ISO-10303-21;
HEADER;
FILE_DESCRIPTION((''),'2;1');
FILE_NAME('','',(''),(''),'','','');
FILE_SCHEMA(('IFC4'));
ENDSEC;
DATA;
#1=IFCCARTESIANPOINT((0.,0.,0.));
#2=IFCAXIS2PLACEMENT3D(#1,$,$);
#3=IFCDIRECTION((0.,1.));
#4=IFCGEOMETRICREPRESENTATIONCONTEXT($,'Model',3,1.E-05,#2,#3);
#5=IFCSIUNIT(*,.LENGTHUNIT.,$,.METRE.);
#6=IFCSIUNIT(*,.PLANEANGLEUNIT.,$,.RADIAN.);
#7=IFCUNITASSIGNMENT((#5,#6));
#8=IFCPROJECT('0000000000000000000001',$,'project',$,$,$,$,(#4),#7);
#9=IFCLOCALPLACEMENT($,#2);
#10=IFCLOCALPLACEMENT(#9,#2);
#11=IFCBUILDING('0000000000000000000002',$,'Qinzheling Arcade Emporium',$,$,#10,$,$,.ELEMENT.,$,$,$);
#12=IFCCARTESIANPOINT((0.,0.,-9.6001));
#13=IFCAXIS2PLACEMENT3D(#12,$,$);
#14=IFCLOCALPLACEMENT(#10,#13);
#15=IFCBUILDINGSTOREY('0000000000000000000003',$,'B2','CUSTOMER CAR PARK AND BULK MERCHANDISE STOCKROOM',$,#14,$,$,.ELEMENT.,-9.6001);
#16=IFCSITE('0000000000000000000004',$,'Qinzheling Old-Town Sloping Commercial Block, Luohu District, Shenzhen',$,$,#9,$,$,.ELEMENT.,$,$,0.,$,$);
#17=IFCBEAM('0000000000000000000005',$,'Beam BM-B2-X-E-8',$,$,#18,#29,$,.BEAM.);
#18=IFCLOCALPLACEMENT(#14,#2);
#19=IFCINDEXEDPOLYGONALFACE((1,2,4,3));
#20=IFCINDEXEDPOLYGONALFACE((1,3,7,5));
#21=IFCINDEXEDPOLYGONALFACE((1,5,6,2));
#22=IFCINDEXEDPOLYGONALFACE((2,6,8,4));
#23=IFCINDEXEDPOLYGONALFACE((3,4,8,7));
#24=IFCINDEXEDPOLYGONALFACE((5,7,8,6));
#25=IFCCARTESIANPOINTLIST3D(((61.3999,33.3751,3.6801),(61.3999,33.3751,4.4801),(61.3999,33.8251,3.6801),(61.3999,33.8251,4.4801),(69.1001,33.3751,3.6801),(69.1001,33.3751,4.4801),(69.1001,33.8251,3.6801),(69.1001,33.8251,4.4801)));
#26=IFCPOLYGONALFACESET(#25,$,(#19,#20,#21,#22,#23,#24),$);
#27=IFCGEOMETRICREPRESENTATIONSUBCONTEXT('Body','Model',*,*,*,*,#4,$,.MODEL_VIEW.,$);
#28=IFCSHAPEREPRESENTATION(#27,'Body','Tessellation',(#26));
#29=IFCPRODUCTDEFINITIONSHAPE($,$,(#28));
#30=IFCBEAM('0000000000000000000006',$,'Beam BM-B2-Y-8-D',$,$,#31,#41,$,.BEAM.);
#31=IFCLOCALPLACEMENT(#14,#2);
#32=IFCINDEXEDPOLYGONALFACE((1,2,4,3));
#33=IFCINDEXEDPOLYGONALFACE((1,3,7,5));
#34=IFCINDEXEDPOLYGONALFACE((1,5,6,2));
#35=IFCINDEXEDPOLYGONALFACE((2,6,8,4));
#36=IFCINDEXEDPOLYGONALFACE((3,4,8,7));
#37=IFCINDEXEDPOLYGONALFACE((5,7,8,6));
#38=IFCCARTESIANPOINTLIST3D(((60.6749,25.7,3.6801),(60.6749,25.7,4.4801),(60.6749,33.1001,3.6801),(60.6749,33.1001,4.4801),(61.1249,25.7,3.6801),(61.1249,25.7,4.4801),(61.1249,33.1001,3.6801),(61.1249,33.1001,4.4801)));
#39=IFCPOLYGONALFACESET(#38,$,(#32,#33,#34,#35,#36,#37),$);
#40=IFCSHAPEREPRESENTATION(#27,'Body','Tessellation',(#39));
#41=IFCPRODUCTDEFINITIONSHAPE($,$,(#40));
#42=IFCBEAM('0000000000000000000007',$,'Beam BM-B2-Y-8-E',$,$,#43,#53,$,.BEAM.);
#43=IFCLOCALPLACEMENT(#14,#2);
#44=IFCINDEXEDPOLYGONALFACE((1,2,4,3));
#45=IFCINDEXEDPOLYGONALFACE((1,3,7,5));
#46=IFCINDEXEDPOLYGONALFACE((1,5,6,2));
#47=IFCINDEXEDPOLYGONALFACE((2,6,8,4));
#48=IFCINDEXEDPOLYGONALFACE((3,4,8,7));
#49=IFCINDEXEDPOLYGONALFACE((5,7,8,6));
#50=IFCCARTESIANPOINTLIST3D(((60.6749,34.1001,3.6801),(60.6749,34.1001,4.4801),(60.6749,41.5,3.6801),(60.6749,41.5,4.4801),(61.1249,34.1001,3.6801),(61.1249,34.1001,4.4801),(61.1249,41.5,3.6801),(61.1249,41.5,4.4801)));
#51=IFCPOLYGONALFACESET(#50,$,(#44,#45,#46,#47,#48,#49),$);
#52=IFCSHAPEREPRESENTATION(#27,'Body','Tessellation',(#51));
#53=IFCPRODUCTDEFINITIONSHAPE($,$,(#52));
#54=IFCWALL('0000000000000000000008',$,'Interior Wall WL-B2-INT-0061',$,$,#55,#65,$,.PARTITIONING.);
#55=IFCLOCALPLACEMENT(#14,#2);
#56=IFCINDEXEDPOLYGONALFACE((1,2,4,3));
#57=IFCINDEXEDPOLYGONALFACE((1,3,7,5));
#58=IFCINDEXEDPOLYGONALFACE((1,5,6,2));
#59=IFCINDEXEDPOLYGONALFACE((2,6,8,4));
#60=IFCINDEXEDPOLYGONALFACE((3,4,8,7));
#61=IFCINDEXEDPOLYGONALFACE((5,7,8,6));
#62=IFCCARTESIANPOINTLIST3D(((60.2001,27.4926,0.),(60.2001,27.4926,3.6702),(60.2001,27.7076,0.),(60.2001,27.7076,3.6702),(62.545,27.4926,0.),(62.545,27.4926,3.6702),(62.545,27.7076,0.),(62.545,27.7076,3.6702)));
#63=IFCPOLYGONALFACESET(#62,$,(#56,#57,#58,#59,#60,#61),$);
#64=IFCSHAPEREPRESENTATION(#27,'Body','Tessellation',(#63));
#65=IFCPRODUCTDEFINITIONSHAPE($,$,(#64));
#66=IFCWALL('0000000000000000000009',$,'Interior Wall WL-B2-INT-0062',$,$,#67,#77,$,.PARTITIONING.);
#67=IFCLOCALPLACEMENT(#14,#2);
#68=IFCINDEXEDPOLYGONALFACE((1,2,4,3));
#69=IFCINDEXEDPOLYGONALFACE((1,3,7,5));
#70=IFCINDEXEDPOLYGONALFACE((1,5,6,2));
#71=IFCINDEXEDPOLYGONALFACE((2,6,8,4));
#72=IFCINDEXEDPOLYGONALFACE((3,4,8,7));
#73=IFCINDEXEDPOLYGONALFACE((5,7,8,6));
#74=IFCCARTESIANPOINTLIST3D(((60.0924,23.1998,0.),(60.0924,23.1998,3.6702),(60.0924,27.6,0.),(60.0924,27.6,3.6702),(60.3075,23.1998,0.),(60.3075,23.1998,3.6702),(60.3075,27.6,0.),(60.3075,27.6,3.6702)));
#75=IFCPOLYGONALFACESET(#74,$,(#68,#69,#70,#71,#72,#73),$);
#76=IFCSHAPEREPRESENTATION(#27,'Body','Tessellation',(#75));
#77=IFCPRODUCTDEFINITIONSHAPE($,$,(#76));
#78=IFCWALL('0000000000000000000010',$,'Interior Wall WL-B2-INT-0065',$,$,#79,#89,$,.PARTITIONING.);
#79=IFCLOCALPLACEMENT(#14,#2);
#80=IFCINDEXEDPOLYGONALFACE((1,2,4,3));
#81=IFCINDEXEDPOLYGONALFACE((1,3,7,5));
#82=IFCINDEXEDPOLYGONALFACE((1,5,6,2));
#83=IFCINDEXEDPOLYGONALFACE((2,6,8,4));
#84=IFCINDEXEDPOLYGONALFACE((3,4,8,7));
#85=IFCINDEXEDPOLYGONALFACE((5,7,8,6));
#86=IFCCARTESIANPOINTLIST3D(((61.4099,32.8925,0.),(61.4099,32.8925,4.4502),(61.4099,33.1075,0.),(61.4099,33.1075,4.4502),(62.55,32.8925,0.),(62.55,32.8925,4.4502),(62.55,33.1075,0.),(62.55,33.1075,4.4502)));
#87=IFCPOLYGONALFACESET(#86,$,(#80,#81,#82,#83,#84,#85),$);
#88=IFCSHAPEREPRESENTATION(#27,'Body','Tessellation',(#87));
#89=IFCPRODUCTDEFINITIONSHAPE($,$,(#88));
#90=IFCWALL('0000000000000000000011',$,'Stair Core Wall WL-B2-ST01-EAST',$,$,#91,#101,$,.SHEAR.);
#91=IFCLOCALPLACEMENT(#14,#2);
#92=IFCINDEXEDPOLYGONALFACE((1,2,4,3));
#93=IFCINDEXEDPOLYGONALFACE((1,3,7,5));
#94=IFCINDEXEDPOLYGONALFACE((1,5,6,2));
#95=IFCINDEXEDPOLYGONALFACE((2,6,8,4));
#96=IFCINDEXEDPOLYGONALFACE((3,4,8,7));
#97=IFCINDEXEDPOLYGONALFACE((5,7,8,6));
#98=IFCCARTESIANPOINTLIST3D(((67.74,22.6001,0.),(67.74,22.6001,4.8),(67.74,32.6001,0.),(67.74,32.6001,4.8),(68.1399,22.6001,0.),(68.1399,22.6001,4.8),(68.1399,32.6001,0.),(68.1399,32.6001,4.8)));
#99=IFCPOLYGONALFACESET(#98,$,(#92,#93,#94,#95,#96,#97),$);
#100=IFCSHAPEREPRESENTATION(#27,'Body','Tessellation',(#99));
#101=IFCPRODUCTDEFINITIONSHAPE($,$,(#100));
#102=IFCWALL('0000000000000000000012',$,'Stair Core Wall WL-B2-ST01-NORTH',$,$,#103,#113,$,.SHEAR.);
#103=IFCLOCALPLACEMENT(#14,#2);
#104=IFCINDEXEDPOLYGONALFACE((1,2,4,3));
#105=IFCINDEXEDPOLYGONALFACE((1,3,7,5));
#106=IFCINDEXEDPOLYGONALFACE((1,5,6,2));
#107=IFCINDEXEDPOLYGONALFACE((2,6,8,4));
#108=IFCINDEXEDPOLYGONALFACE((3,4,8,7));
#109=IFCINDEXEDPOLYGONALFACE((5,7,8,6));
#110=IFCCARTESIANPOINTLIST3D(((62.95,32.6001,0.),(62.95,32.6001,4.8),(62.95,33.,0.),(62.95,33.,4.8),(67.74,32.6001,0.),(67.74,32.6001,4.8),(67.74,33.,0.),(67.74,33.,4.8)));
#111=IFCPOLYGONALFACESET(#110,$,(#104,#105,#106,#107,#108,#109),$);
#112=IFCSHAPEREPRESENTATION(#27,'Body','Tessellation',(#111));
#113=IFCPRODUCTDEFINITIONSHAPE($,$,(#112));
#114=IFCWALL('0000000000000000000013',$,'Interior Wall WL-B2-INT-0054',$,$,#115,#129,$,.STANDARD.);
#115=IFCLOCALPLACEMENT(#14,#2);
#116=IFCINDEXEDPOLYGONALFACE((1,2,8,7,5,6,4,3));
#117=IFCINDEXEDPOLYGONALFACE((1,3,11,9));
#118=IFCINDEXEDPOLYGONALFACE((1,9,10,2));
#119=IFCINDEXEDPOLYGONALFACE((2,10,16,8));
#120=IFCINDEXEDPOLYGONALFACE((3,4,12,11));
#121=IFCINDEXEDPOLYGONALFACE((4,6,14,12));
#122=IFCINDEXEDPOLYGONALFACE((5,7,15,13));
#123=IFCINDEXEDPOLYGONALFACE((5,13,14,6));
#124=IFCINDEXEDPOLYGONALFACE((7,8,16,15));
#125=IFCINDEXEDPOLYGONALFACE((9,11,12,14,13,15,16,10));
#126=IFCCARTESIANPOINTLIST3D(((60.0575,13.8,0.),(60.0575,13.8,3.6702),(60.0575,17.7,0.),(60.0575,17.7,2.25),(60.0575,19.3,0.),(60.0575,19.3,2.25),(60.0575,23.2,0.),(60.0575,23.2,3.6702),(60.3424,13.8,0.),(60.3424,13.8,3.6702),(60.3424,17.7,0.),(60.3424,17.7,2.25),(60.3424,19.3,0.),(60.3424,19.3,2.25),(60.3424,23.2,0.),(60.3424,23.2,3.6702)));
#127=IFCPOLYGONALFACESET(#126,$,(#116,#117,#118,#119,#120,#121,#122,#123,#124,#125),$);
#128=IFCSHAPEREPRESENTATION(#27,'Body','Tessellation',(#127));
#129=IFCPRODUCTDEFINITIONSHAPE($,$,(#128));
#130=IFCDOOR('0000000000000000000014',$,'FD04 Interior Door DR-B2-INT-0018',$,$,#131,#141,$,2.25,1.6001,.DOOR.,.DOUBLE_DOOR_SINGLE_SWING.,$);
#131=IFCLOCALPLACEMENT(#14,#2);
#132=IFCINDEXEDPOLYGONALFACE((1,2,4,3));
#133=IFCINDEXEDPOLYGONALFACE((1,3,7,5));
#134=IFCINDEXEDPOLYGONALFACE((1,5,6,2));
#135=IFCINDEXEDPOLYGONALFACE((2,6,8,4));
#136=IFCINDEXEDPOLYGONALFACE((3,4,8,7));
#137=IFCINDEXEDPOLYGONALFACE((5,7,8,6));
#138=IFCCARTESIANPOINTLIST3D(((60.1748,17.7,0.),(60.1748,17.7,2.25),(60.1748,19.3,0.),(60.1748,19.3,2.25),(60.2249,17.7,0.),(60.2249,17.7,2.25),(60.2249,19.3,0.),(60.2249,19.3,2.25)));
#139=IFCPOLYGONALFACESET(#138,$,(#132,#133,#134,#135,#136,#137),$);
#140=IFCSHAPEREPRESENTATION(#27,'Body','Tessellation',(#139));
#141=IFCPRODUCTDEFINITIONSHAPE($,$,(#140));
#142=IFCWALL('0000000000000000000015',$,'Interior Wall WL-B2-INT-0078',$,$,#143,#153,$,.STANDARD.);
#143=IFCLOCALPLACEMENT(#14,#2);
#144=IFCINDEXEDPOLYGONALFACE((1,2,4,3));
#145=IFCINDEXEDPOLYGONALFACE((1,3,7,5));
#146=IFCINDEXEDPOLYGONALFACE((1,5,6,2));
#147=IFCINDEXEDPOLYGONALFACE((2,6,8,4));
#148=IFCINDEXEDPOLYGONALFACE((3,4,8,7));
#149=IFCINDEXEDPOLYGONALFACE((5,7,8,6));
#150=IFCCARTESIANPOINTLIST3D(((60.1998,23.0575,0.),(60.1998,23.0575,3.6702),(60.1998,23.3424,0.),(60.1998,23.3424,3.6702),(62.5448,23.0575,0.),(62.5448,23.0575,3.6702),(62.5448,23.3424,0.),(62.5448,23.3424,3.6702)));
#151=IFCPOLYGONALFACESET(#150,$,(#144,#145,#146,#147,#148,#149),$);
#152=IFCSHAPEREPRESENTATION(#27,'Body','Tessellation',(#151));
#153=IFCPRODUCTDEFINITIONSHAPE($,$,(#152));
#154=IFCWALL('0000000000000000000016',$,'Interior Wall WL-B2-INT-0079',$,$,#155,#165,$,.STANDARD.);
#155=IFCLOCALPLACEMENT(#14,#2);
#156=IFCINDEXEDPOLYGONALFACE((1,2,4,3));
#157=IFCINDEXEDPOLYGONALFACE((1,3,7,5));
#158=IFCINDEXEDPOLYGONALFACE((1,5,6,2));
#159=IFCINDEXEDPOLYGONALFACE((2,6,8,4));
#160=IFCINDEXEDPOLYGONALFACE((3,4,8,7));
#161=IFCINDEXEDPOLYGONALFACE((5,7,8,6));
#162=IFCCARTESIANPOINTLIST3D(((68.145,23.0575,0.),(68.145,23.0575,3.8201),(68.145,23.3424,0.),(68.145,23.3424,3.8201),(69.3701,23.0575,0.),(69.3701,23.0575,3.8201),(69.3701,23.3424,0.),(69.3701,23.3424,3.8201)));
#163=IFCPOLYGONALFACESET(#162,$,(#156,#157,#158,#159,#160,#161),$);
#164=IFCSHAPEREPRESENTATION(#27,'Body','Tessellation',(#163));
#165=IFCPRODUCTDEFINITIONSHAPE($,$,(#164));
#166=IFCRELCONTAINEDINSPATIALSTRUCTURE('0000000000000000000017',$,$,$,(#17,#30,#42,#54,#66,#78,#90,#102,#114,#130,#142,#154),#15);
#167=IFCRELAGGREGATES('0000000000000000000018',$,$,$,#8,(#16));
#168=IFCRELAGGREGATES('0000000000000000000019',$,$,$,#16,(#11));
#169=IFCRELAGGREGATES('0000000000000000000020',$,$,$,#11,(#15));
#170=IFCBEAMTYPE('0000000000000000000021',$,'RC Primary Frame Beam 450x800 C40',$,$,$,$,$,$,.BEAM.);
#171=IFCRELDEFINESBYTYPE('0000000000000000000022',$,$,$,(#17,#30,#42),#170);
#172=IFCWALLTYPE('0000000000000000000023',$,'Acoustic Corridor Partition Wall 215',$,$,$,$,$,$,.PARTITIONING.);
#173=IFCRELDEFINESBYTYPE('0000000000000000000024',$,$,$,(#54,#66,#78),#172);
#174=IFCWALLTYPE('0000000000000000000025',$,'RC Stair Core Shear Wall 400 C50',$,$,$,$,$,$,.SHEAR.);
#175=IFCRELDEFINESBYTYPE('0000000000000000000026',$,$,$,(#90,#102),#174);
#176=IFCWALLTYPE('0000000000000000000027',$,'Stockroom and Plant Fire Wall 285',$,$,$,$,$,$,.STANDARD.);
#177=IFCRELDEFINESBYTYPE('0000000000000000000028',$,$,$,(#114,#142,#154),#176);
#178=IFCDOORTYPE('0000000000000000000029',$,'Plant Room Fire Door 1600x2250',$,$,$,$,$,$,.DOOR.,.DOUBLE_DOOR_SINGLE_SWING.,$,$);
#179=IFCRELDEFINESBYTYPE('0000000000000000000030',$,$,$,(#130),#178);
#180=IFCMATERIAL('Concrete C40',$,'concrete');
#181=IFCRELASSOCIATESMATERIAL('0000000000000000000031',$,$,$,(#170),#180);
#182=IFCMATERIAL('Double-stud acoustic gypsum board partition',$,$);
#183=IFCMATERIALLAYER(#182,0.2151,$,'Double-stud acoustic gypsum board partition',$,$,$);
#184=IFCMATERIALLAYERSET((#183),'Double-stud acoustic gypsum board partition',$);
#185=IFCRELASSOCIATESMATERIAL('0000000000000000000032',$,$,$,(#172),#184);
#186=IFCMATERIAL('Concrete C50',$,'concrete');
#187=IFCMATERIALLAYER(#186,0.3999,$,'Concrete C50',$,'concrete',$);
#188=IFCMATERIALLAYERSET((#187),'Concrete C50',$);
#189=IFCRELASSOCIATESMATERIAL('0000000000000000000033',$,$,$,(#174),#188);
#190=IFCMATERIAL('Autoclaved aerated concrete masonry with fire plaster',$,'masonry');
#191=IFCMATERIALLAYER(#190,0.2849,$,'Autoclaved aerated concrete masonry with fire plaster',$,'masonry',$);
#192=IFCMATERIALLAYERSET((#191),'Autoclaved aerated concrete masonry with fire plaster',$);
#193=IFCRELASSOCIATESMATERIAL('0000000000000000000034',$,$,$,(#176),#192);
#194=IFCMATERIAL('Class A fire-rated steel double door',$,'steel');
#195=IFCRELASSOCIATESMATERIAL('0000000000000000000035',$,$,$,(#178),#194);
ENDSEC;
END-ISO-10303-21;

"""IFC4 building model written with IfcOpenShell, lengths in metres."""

from ifc_helpers import new_model, si_unit, direction, frame, frame_2d, origin, origin_2d, place, context, subcontext, project, spatial, rectangle, extrude, material, layer, layer_set, material_profile, profile_set, type_object, element, fill, save


model = new_model("IFC4")

# Units and contexts
model_context = context("Model", 3, precision=1e-05, world=origin(), true_north=direction((0.0, 1.0)))
body_context = subcontext(model_context, "Body", "Model", "MODEL_VIEW")
ifc_project = project(units=[si_unit("LENGTHUNIT", "METRE"), si_unit("PLANEANGLEUNIT", "RADIAN")], contexts=[model_context])

# Site, building, storey
site_placement = place(None, origin())
site = spatial("IfcSite", under=ifc_project, at=site_placement, Name="Qinzheling Old-Town Sloping Commercial Block, Luohu District, Shenzhen", CompositionType="ELEMENT", RefElevation=0.0)
building_placement = place(site_placement, origin())
building = spatial("IfcBuilding", under=site, at=building_placement, Name="Qinzheling Arcade Emporium", CompositionType="ELEMENT")
storey_placement = place(building_placement, frame((0.0, 0.0, -9.6001)))
storey = spatial("IfcBuildingStorey", under=building, at=storey_placement, Name="B2", Description="CUSTOMER CAR PARK AND BULK MERCHANDISE STOCKROOM", CompositionType="ELEMENT", Elevation=-9.6001)

# Shared definitions
ifc_material_1 = material(Name="Concrete C40", Category="concrete")

# Shared definitions
ifc_material_2 = material(Name="Concrete C50", Category="concrete")

# Beams
ifc_material_profile_1 = material_profile(ifc_material_1, rectangle(XDim=0.45, YDim=0.8, at=origin_2d()), Name="RC 450x800", Category="concrete")
ifc_profile_set_1 = profile_set([ifc_material_profile_1], Name="Concrete C40")
beam_type = type_object("IfcBeamType", Name="RC Primary Frame Beam 450x800 C40", PredefinedType="BEAM", material=ifc_profile_set_1)
beam_1_placement = place(storey_placement, frame((61.3999, 33.6001, 4.0801), z_axis=(1.0, 0.0, 0.0), x_axis=(0.0, 1.0, 0.0)))
element("IfcBeam", 1, at=beam_1_placement, inside=storey, type_object=beam_type, Name="Beam BM-B2-X-E-8", PredefinedType="BEAM", context=body_context, shape_type="SweptSolid", body=[
    extrude(rectangle(XDim=0.45, YDim=0.8, at=origin_2d()), origin(), (0.0, 0.0, 1.0), 7.7002),
])
beam_2_placement = place(storey_placement, frame((60.8999, 25.7, 4.0801), z_axis=(0.0, 1.0, 0.0), x_axis=(-1.0, 0.0, 0.0)))
element("IfcBeam", 2, at=beam_2_placement, inside=storey, type_object=beam_type, Name="Beam BM-B2-Y-8-D", PredefinedType="BEAM", context=body_context, shape_type="SweptSolid", body=[
    extrude(rectangle(XDim=0.45, YDim=0.8, at=origin_2d()), origin(), (0.0, 0.0, 1.0), 7.4001),
])
beam_3_placement = place(storey_placement, frame((60.8999, 34.1001, 4.0801), z_axis=(0.0, 1.0, 0.0), x_axis=(-1.0, 0.0, 0.0)))
element("IfcBeam", 3, at=beam_3_placement, inside=storey, type_object=beam_type, Name="Beam BM-B2-Y-8-E", PredefinedType="BEAM", context=body_context, shape_type="SweptSolid", body=[
    extrude(rectangle(XDim=0.45, YDim=0.8, at=origin_2d()), origin(), (0.0, 0.0, 1.0), 7.3999),
])

# Walls
ifc_material_3 = material(Name="Double-stud acoustic gypsum board partition")
ifc_layer_1 = layer(ifc_material_3, 0.2151, Name="Double-stud acoustic gypsum board partition")
ifc_layer_set_1 = layer_set([ifc_layer_1], Name="Double-stud acoustic gypsum board partition")
wall_type_1 = type_object("IfcWallType", Name="Acoustic Corridor Partition Wall 215", PredefinedType="PARTITIONING", material=ifc_layer_set_1)
wall_1_placement = place(storey_placement, frame((62.5449, 27.6001, 0.0), z_axis=(0.0, 0.0, 1.0), x_axis=(-1.0, 0.0, 0.0)))
element("IfcWall", 4, at=wall_1_placement, inside=storey, type_object=wall_type_1, Name="Interior Wall WL-B2-INT-0061", PredefinedType="PARTITIONING", context=body_context, shape_type="SweptSolid", body=[
    extrude(rectangle(XDim=2.345, YDim=0.2151, at=frame_2d((1.1724, 0.0))), origin(), (0.0, 0.0, 1.0), 3.6702),
])
wall_2_placement = place(storey_placement, frame((60.2, 27.6001, 0.0), z_axis=(0.0, 0.0, 1.0), x_axis=(0.0, -1.0, 0.0)))
element("IfcWall", 5, at=wall_2_placement, inside=storey, type_object=wall_type_1, Name="Interior Wall WL-B2-INT-0062", PredefinedType="PARTITIONING", context=body_context, shape_type="SweptSolid", body=[
    extrude(rectangle(XDim=4.4001, YDim=0.2151, at=frame_2d((2.2002, 0.0))), origin(), (0.0, 0.0, 1.0), 3.6702),
])
wall_3_placement = place(storey_placement, frame((61.4099, 33.0, 0.0), z_axis=(0.0, 0.0, 1.0), x_axis=(1.0, 0.0, 0.0)))
element("IfcWall", 6, at=wall_3_placement, inside=storey, type_object=wall_type_1, Name="Interior Wall WL-B2-INT-0065", PredefinedType="PARTITIONING", context=body_context, shape_type="SweptSolid", body=[
    extrude(rectangle(XDim=1.1401, YDim=0.2151, at=frame_2d((0.5701, 0.0))), origin(), (0.0, 0.0, 1.0), 4.4502),
])
ifc_layer_2 = layer(ifc_material_2, 0.3999, Name="Concrete C50", Category="concrete")
ifc_layer_set_2 = layer_set([ifc_layer_2], Name="Concrete C50")
wall_type_2 = type_object("IfcWallType", Name="RC Stair Core Shear Wall 400 C50", PredefinedType="SHEAR", material=ifc_layer_set_2)
wall_4_placement = place(storey_placement, frame((67.9399, 32.6001, 0.0), z_axis=(0.0, 0.0, 1.0), x_axis=(0.0, -1.0, 0.0)))
element("IfcWall", 7, at=wall_4_placement, inside=storey, type_object=wall_type_2, Name="Stair Core Wall WL-B2-ST01-EAST", PredefinedType="SHEAR", context=body_context, shape_type="SweptSolid", body=[
    extrude(rectangle(XDim=10.0, YDim=0.3999, at=frame_2d((5.0, 0.0))), origin(), (0.0, 0.0, 1.0), 4.8),
])
wall_5_placement = place(storey_placement, frame((62.95, 32.8, 0.0), z_axis=(0.0, 0.0, 1.0), x_axis=(1.0, 0.0, 0.0)))
element("IfcWall", 8, at=wall_5_placement, inside=storey, type_object=wall_type_2, Name="Stair Core Wall WL-B2-ST01-NORTH", PredefinedType="SHEAR", context=body_context, shape_type="SweptSolid", body=[
    extrude(rectangle(XDim=4.79, YDim=0.3999, at=frame_2d((2.395, 0.0))), origin(), (0.0, 0.0, 1.0), 4.8),
])

# Wall, opening, door
ifc_material_4 = material(Name="Autoclaved aerated concrete masonry with fire plaster", Category="masonry")
ifc_layer_3 = layer(ifc_material_4, 0.2849, Name="Autoclaved aerated concrete masonry with fire plaster", Category="masonry")
ifc_layer_set_3 = layer_set([ifc_layer_3], Name="Autoclaved aerated concrete masonry with fire plaster")
wall_type_3 = type_object("IfcWallType", Name="Stockroom and Plant Fire Wall 285", PredefinedType="STANDARD", material=ifc_layer_set_3)
wall_6_placement = place(storey_placement, frame((60.2, 23.2, 0.0), z_axis=(0.0, 0.0, 1.0), x_axis=(0.0, -1.0, 0.0)))
wall_6 = element("IfcWall", 9, at=wall_6_placement, inside=storey, type_object=wall_type_3, Name="Interior Wall WL-B2-INT-0054", PredefinedType="STANDARD", context=body_context, shape_type="SweptSolid", body=[
    extrude(rectangle(XDim=9.3999, YDim=0.2849, at=frame_2d((4.7, 0.0))), origin(), (0.0, 0.0, 1.0), 3.6702),
])
opening_placement = place(wall_6_placement, frame((3.8999, 0.0, 0.0)))
opening = element("IfcOpeningElement", 10, at=opening_placement, cuts=wall_6, PredefinedType="OPENING", context=body_context, shape_type="SweptSolid", body=[
    extrude(rectangle(XDim=1.6001, YDim=2.25, at=frame_2d((0.8, 1.125))), frame((0.0, 0.1523, 0.0), z_axis=(0.0, -1.0, 0.0), x_axis=(1.0, 0.0, 0.0)), (0.0, 0.0, 1.0), 0.3049),
])
ifc_material_5 = material(Name="Class A fire-rated steel double door", Category="steel")
door_type = type_object("IfcDoorType", Name="Plant Room Fire Door 1600x2250", OperationType="DOUBLE_DOOR_SINGLE_SWING", PredefinedType="DOOR", material=ifc_material_5)
door_placement = place(opening_placement, origin())
door = element("IfcDoor", 11, at=door_placement, inside=storey, type_object=door_type, Name="FD04 Interior Door DR-B2-INT-0018", OperationType="DOUBLE_DOOR_SINGLE_SWING", OverallHeight=2.25, OverallWidth=1.6001, PredefinedType="DOOR", context=body_context, shape_type="SweptSolid", body=[
    extrude(rectangle(XDim=1.6001, YDim=2.25, at=frame_2d((0.8, 1.125))), frame((0.0, 0.0249, 0.0), z_axis=(0.0, -1.0, 0.0), x_axis=(1.0, 0.0, 0.0)), (0.0, 0.0, 1.0), 0.05),
])
fill(opening, door)

# Walls
wall_7_placement = place(storey_placement, frame((60.2, 23.2, 0.0), z_axis=(0.0, 0.0, 1.0), x_axis=(1.0, 0.0, 0.0)))
element("IfcWall", 12, at=wall_7_placement, inside=storey, type_object=wall_type_3, Name="Interior Wall WL-B2-INT-0078", PredefinedType="STANDARD", context=body_context, shape_type="SweptSolid", body=[
    extrude(rectangle(XDim=2.345, YDim=0.2849, at=frame_2d((1.1724, 0.0))), origin(), (0.0, 0.0, 1.0), 3.6702),
])
wall_8_placement = place(storey_placement, frame((68.145, 23.2, 0.0), z_axis=(0.0, 0.0, 1.0), x_axis=(1.0, 0.0, 0.0)))
element("IfcWall", 13, at=wall_8_placement, inside=storey, type_object=wall_type_3, Name="Interior Wall WL-B2-INT-0079", PredefinedType="STANDARD", context=body_context, shape_type="SweptSolid", body=[
    extrude(rectangle(XDim=1.2251, YDim=0.2849, at=frame_2d((0.6125, 0.0))), origin(), (0.0, 0.0, 1.0), 3.8201),
])

save(model, "model.ifc")
